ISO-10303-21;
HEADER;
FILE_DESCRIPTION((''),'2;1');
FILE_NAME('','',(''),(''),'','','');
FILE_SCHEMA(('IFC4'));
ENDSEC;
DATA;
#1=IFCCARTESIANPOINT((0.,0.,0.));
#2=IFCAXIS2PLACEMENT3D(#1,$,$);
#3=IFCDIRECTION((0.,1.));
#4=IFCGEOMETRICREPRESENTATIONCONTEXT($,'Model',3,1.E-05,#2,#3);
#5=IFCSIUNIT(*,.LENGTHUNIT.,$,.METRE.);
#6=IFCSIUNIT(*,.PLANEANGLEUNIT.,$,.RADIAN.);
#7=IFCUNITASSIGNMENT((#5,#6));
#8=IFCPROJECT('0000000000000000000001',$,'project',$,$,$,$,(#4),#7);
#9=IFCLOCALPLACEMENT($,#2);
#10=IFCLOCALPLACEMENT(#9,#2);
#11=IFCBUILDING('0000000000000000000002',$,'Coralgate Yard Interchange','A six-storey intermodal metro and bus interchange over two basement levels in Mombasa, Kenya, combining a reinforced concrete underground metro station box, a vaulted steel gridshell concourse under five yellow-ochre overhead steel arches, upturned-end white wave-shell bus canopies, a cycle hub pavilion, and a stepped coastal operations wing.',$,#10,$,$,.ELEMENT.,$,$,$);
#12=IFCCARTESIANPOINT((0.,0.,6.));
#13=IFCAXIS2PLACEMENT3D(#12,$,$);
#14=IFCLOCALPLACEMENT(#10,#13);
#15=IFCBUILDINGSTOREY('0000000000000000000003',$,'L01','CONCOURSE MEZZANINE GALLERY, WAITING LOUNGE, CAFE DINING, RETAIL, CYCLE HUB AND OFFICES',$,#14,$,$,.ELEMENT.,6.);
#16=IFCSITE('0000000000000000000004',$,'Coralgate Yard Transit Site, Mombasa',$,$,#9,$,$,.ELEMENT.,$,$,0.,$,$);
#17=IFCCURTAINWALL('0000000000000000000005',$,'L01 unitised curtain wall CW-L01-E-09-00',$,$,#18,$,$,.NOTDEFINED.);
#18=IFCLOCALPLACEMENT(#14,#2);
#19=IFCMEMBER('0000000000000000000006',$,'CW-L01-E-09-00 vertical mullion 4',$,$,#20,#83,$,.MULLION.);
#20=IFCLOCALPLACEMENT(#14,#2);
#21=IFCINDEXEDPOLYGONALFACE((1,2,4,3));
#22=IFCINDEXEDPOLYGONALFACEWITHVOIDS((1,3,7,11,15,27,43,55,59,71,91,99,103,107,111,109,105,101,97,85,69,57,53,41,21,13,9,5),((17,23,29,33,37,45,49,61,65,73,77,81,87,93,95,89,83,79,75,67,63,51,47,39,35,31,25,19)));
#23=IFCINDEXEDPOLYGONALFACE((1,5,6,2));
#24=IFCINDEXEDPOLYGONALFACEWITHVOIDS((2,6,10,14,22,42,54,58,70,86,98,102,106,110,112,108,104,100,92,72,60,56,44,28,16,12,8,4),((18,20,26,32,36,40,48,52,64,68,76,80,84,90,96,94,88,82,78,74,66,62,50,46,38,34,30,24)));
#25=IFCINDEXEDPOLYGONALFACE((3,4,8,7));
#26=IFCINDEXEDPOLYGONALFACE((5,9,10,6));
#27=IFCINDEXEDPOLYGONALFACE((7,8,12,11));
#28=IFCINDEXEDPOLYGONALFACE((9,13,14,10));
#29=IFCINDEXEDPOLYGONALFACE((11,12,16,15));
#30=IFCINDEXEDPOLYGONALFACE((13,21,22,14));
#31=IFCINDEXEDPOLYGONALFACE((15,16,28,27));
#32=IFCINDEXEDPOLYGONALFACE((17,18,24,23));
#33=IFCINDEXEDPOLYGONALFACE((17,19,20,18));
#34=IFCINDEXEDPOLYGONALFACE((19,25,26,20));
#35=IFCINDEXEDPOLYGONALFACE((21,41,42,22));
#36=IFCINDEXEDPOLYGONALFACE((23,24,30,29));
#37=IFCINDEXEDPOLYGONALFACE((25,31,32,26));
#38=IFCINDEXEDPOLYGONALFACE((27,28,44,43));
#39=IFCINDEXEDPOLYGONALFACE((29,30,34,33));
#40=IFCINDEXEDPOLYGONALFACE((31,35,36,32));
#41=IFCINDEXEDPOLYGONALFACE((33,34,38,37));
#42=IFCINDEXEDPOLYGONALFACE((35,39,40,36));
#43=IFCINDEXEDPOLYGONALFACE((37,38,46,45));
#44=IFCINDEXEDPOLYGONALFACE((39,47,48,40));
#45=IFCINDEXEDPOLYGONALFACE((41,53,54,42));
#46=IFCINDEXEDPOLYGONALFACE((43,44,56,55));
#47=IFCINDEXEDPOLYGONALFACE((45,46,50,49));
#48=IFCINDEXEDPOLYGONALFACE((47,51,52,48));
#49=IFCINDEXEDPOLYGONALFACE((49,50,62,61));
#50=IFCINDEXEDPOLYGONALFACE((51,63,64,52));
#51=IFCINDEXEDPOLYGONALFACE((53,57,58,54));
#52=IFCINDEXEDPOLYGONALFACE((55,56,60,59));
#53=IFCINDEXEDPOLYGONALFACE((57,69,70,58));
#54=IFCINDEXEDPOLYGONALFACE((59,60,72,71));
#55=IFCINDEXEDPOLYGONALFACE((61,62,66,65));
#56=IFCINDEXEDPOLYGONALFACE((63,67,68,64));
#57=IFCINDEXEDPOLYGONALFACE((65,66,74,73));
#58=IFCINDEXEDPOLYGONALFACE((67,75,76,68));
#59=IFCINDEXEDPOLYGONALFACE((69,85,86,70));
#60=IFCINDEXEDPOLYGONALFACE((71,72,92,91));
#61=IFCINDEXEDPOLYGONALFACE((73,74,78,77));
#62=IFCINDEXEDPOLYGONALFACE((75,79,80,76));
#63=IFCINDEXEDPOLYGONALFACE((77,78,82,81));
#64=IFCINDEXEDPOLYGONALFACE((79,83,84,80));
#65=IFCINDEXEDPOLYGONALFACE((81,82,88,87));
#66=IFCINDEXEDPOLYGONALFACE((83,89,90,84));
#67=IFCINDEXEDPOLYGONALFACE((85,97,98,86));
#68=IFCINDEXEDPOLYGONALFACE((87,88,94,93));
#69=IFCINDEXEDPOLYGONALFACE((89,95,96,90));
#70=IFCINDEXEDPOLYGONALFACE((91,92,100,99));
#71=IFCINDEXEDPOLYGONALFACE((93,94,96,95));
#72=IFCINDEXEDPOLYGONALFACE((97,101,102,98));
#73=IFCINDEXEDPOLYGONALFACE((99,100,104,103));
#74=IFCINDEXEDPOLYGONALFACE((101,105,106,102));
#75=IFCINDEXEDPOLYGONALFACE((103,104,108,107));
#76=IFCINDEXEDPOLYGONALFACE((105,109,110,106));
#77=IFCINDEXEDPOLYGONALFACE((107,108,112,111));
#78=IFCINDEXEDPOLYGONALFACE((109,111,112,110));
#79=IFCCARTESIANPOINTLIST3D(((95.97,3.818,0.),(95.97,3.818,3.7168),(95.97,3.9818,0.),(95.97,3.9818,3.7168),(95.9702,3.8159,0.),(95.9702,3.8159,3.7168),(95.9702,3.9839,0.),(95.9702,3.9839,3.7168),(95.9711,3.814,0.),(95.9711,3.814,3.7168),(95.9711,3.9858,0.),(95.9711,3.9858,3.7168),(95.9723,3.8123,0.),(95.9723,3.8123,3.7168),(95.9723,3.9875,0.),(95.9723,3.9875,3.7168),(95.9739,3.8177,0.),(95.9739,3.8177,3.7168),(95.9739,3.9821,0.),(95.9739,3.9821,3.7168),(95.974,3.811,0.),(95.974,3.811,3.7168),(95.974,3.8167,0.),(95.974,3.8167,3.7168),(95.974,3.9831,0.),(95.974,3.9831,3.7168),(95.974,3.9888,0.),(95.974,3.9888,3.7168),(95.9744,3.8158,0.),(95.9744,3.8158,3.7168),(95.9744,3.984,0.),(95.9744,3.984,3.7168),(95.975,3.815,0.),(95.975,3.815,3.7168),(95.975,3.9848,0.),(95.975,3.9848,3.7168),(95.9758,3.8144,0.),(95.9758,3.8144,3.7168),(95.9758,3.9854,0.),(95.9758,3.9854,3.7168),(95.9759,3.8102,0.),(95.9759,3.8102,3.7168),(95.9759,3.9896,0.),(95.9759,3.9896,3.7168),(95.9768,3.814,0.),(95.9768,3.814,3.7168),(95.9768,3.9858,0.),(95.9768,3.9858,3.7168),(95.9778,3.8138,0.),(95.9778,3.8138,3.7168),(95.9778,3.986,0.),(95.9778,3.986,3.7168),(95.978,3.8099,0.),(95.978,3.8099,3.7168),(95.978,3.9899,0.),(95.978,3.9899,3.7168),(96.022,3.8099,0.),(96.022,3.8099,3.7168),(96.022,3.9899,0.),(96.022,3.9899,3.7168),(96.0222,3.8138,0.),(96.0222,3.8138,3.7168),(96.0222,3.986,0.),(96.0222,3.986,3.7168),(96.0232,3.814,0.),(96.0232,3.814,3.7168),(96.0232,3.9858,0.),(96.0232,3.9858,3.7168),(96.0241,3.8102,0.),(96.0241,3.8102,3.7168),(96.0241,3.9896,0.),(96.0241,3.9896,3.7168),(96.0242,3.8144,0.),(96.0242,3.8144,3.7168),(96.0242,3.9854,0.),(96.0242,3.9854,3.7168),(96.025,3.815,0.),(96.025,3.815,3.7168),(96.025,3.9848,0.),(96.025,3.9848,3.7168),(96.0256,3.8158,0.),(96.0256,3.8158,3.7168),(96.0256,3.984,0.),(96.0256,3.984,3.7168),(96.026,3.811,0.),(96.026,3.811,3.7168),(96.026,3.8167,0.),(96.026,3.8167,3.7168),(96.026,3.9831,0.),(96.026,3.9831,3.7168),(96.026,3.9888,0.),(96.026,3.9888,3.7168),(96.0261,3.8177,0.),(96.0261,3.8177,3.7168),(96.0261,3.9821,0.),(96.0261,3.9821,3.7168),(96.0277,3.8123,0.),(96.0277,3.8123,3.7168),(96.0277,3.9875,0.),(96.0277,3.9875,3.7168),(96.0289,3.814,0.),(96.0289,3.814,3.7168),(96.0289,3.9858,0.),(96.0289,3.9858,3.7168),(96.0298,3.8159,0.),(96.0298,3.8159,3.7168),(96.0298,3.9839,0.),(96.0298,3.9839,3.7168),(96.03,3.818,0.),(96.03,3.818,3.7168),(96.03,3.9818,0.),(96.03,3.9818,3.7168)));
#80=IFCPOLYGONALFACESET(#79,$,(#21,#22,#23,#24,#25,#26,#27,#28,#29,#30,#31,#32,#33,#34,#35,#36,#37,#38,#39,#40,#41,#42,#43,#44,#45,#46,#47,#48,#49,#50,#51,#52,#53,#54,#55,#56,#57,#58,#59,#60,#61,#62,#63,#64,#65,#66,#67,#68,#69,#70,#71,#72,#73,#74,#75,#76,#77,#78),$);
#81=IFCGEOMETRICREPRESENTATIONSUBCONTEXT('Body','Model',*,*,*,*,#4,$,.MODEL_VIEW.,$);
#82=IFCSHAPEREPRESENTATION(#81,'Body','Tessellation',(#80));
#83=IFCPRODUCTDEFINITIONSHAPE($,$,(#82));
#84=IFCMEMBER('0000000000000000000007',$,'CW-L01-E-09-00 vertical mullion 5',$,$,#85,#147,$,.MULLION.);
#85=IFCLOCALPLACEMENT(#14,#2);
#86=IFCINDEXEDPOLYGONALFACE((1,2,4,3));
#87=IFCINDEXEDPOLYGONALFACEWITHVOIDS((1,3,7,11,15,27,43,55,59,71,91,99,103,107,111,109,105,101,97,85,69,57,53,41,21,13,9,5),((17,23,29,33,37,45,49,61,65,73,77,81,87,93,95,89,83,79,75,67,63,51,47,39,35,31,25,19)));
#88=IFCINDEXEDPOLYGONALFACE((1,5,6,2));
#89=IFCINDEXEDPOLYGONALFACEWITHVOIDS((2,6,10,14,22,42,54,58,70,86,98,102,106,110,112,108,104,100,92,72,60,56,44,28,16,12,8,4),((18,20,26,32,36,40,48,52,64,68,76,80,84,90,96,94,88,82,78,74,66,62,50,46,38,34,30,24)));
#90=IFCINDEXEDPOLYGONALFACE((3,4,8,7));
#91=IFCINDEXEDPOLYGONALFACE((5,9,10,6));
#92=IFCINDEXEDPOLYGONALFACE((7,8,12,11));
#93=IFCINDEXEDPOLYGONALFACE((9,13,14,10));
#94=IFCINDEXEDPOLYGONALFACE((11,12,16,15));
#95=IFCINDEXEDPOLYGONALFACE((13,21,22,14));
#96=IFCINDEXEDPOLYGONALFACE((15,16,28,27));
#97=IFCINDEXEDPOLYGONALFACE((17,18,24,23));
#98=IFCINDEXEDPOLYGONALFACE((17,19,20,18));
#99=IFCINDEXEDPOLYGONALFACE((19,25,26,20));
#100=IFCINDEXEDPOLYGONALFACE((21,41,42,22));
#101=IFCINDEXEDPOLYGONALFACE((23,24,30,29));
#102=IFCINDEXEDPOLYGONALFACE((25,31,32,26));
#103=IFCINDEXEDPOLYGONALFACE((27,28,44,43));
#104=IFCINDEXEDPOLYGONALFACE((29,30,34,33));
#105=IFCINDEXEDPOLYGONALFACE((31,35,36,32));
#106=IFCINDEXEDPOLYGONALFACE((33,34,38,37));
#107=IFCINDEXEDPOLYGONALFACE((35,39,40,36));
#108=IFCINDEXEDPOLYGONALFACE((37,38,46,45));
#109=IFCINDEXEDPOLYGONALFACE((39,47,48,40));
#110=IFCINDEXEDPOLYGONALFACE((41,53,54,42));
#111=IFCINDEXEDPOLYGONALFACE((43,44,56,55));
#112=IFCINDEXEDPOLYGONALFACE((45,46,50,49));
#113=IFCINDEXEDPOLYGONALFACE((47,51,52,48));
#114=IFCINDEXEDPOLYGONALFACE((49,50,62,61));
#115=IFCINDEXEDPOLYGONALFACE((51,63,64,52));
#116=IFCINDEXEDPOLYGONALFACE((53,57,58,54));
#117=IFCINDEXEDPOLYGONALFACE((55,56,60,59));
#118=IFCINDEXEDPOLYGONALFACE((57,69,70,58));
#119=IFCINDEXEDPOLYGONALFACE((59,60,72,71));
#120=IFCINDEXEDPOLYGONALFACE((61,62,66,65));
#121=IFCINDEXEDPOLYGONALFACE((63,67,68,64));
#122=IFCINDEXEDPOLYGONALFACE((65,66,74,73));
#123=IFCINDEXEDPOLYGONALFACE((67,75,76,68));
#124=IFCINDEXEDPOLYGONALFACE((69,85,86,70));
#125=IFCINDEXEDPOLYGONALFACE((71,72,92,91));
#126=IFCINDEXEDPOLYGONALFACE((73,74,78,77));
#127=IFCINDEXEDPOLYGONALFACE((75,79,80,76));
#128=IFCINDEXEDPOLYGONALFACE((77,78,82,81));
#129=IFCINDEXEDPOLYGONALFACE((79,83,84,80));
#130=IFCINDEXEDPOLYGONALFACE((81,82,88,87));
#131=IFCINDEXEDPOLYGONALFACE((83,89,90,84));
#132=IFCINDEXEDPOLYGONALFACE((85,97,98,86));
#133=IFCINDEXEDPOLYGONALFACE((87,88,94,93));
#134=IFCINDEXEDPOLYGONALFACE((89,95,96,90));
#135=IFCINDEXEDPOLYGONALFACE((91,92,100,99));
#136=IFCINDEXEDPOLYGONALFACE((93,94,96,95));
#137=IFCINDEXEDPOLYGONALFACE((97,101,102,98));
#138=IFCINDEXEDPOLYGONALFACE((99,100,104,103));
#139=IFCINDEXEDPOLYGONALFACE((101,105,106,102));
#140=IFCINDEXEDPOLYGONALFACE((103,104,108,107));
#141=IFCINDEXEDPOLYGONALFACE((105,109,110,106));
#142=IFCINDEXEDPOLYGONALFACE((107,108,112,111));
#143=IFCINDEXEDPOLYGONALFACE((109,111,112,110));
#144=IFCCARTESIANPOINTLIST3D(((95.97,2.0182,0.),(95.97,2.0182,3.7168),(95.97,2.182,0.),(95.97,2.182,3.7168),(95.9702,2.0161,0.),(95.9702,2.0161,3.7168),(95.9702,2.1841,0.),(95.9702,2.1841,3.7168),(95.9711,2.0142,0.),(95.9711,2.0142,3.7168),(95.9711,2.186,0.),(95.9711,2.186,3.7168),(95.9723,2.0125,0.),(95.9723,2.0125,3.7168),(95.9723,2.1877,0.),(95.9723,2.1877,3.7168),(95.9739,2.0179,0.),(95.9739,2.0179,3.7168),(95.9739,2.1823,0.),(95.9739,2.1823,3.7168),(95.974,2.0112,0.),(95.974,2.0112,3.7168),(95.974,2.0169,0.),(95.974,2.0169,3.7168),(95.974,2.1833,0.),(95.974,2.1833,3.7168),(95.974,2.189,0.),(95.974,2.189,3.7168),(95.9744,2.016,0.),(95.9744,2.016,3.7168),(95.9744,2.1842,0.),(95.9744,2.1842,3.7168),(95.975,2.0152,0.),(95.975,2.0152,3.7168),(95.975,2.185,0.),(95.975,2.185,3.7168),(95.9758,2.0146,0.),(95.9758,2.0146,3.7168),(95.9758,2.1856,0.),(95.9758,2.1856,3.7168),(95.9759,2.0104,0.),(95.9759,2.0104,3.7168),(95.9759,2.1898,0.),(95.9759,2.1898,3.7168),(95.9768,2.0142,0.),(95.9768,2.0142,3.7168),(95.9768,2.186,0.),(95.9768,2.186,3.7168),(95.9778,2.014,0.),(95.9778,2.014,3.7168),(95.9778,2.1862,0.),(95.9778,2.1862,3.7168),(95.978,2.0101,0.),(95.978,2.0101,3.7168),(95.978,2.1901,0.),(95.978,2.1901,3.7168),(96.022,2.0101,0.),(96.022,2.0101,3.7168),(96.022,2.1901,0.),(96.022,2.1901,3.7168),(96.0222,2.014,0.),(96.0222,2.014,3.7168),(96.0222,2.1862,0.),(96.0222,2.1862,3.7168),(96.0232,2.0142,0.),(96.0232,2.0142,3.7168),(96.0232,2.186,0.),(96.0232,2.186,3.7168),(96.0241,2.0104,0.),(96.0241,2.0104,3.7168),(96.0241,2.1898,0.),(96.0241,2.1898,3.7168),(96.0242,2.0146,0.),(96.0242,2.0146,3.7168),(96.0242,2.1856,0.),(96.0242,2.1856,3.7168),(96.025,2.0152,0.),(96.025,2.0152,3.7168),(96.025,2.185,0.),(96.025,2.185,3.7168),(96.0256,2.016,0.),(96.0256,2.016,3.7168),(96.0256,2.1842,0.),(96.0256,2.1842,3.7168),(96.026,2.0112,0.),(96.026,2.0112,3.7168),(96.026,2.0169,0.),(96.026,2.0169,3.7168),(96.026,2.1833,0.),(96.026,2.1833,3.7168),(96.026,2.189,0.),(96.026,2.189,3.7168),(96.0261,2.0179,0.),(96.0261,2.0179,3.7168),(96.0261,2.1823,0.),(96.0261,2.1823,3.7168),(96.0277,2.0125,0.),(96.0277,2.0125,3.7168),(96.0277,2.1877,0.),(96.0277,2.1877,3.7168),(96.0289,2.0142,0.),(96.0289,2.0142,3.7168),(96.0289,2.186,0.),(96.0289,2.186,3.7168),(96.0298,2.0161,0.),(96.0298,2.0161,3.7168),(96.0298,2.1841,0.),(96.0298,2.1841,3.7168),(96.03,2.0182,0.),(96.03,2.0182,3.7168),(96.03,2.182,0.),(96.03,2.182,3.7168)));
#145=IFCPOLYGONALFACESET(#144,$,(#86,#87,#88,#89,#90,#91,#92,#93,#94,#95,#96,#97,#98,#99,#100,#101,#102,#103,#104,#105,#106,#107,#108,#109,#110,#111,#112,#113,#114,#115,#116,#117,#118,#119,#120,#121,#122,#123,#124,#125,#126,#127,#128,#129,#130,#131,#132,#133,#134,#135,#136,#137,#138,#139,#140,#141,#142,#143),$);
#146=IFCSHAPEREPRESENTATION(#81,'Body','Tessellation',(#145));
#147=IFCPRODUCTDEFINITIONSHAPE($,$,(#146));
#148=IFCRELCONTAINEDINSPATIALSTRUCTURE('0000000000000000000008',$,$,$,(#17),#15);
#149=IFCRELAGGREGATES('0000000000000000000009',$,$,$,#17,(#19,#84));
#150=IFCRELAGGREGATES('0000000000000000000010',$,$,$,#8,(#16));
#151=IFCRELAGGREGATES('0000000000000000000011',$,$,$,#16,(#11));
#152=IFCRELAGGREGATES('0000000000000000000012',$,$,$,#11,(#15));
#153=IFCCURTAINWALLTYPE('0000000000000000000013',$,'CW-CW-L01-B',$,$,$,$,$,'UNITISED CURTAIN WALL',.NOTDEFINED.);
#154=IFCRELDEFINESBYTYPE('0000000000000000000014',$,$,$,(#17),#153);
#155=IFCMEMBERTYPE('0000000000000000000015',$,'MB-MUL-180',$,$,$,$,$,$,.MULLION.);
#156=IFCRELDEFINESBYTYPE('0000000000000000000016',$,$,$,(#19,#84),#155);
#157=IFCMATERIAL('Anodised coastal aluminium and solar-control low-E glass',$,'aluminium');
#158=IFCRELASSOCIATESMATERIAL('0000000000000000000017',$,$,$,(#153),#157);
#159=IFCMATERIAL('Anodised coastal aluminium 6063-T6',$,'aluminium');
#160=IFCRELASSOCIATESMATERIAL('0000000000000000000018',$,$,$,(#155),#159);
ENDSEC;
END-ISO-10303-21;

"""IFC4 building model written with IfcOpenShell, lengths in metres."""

from ifc_helpers import new_model, si_unit, direction, frame, origin, origin_2d, place, context, subcontext, project, spatial, hollow_rectangle, extrude, material, material_profile, profile_set, type_object, element, aggregate, save


model = new_model("IFC4")

# Units and contexts
model_context = context("Model", 3, precision=1e-05, world=origin(), true_north=direction((0.0, 1.0)))
body_context = subcontext(model_context, "Body", "Model", "MODEL_VIEW")
ifc_project = project(units=[si_unit("LENGTHUNIT", "METRE"), si_unit("PLANEANGLEUNIT", "RADIAN")], contexts=[model_context])

# Site, building, storey
site_placement = place(None, origin())
site = spatial("IfcSite", under=ifc_project, at=site_placement, Name="Coralgate Yard Transit Site, Mombasa", CompositionType="ELEMENT", RefElevation=0.0)
building_placement = place(site_placement, origin())
building = spatial("IfcBuilding", under=site, at=building_placement, Name="Coralgate Yard Interchange", Description="A six-storey intermodal metro and bus interchange over two basement levels in Mombasa, Kenya, combining a reinforced concrete underground metro station box, a vaulted steel gridshell concourse under five yellow-ochre overhead steel arches, upturned-end white wave-shell bus canopies, a cycle hub pavilion, and a stepped coastal operations wing.", CompositionType="ELEMENT")
storey_placement = place(building_placement, frame((0.0, 0.0, 6.0)))
storey = spatial("IfcBuildingStorey", under=building, at=storey_placement, Name="L01", Description="CONCOURSE MEZZANINE GALLERY, WAITING LOUNGE, CAFE DINING, RETAIL, CYCLE HUB AND OFFICES", CompositionType="ELEMENT", Elevation=6.0)

# Curtain wall, members
ifc_material_1 = material(Name="Anodised coastal aluminium and solar-control low-E glass", Category="aluminium")
curtain_wall_type = type_object("IfcCurtainWallType", Name="CW-CW-L01-B", ElementType="UNITISED CURTAIN WALL", PredefinedType="NOTDEFINED", material=ifc_material_1)
curtain_wall_placement = place(storey_placement, origin())
curtain_wall = element("IfcCurtainWall", 1, at=curtain_wall_placement, inside=storey, type_object=curtain_wall_type, Name="L01 unitised curtain wall CW-L01-E-09-00", PredefinedType="NOTDEFINED")
ifc_material_2 = material(Name="Anodised coastal aluminium 6063-T6", Category="aluminium")
ifc_material_profile_1 = material_profile(ifc_material_2, hollow_rectangle(XDim=0.0601, YDim=0.1799, WallThickness=0.0039, InnerFilletRadius=0.0039, OuterFilletRadius=0.0081, at=origin_2d()), Name="ALU 60x180x4")
ifc_profile_set_1 = profile_set([ifc_material_profile_1], Name="Anodised coastal aluminium 6063-T6")
member_type_1 = type_object("IfcMemberType", Name="MB-MUL-180", PredefinedType="MULLION", material=ifc_profile_set_1)
member_1_placement = place(storey_placement, frame((96.0, 3.8999, 0.0), z_axis=(0.0, 0.0, 1.0), x_axis=(1.0, 0.0, 0.0)))
member_1 = element("IfcMember", 2, at=member_1_placement, type_object=member_type_1, Name="CW-L01-E-09-00 vertical mullion 4", PredefinedType="MULLION", context=body_context, shape_type="SweptSolid", body=[
    extrude(hollow_rectangle(XDim=0.0601, YDim=0.1799, WallThickness=0.0039, InnerFilletRadius=0.0039, OuterFilletRadius=0.0081, at=origin_2d()), origin(), (0.0, 0.0, 1.0), 3.7168),
])
member_2_placement = place(storey_placement, frame((96.0, 2.1001, 0.0), z_axis=(0.0, 0.0, 1.0), x_axis=(1.0, 0.0, 0.0)))
member_2 = element("IfcMember", 3, at=member_2_placement, type_object=member_type_1, Name="CW-L01-E-09-00 vertical mullion 5", PredefinedType="MULLION", context=body_context, shape_type="SweptSolid", body=[
    extrude(hollow_rectangle(XDim=0.0601, YDim=0.1799, WallThickness=0.0039, InnerFilletRadius=0.0039, OuterFilletRadius=0.0081, at=origin_2d()), origin(), (0.0, 0.0, 1.0), 3.7168),
])
aggregate(curtain_wall, [member_1, member_2])

save(model, "model.ifc")
